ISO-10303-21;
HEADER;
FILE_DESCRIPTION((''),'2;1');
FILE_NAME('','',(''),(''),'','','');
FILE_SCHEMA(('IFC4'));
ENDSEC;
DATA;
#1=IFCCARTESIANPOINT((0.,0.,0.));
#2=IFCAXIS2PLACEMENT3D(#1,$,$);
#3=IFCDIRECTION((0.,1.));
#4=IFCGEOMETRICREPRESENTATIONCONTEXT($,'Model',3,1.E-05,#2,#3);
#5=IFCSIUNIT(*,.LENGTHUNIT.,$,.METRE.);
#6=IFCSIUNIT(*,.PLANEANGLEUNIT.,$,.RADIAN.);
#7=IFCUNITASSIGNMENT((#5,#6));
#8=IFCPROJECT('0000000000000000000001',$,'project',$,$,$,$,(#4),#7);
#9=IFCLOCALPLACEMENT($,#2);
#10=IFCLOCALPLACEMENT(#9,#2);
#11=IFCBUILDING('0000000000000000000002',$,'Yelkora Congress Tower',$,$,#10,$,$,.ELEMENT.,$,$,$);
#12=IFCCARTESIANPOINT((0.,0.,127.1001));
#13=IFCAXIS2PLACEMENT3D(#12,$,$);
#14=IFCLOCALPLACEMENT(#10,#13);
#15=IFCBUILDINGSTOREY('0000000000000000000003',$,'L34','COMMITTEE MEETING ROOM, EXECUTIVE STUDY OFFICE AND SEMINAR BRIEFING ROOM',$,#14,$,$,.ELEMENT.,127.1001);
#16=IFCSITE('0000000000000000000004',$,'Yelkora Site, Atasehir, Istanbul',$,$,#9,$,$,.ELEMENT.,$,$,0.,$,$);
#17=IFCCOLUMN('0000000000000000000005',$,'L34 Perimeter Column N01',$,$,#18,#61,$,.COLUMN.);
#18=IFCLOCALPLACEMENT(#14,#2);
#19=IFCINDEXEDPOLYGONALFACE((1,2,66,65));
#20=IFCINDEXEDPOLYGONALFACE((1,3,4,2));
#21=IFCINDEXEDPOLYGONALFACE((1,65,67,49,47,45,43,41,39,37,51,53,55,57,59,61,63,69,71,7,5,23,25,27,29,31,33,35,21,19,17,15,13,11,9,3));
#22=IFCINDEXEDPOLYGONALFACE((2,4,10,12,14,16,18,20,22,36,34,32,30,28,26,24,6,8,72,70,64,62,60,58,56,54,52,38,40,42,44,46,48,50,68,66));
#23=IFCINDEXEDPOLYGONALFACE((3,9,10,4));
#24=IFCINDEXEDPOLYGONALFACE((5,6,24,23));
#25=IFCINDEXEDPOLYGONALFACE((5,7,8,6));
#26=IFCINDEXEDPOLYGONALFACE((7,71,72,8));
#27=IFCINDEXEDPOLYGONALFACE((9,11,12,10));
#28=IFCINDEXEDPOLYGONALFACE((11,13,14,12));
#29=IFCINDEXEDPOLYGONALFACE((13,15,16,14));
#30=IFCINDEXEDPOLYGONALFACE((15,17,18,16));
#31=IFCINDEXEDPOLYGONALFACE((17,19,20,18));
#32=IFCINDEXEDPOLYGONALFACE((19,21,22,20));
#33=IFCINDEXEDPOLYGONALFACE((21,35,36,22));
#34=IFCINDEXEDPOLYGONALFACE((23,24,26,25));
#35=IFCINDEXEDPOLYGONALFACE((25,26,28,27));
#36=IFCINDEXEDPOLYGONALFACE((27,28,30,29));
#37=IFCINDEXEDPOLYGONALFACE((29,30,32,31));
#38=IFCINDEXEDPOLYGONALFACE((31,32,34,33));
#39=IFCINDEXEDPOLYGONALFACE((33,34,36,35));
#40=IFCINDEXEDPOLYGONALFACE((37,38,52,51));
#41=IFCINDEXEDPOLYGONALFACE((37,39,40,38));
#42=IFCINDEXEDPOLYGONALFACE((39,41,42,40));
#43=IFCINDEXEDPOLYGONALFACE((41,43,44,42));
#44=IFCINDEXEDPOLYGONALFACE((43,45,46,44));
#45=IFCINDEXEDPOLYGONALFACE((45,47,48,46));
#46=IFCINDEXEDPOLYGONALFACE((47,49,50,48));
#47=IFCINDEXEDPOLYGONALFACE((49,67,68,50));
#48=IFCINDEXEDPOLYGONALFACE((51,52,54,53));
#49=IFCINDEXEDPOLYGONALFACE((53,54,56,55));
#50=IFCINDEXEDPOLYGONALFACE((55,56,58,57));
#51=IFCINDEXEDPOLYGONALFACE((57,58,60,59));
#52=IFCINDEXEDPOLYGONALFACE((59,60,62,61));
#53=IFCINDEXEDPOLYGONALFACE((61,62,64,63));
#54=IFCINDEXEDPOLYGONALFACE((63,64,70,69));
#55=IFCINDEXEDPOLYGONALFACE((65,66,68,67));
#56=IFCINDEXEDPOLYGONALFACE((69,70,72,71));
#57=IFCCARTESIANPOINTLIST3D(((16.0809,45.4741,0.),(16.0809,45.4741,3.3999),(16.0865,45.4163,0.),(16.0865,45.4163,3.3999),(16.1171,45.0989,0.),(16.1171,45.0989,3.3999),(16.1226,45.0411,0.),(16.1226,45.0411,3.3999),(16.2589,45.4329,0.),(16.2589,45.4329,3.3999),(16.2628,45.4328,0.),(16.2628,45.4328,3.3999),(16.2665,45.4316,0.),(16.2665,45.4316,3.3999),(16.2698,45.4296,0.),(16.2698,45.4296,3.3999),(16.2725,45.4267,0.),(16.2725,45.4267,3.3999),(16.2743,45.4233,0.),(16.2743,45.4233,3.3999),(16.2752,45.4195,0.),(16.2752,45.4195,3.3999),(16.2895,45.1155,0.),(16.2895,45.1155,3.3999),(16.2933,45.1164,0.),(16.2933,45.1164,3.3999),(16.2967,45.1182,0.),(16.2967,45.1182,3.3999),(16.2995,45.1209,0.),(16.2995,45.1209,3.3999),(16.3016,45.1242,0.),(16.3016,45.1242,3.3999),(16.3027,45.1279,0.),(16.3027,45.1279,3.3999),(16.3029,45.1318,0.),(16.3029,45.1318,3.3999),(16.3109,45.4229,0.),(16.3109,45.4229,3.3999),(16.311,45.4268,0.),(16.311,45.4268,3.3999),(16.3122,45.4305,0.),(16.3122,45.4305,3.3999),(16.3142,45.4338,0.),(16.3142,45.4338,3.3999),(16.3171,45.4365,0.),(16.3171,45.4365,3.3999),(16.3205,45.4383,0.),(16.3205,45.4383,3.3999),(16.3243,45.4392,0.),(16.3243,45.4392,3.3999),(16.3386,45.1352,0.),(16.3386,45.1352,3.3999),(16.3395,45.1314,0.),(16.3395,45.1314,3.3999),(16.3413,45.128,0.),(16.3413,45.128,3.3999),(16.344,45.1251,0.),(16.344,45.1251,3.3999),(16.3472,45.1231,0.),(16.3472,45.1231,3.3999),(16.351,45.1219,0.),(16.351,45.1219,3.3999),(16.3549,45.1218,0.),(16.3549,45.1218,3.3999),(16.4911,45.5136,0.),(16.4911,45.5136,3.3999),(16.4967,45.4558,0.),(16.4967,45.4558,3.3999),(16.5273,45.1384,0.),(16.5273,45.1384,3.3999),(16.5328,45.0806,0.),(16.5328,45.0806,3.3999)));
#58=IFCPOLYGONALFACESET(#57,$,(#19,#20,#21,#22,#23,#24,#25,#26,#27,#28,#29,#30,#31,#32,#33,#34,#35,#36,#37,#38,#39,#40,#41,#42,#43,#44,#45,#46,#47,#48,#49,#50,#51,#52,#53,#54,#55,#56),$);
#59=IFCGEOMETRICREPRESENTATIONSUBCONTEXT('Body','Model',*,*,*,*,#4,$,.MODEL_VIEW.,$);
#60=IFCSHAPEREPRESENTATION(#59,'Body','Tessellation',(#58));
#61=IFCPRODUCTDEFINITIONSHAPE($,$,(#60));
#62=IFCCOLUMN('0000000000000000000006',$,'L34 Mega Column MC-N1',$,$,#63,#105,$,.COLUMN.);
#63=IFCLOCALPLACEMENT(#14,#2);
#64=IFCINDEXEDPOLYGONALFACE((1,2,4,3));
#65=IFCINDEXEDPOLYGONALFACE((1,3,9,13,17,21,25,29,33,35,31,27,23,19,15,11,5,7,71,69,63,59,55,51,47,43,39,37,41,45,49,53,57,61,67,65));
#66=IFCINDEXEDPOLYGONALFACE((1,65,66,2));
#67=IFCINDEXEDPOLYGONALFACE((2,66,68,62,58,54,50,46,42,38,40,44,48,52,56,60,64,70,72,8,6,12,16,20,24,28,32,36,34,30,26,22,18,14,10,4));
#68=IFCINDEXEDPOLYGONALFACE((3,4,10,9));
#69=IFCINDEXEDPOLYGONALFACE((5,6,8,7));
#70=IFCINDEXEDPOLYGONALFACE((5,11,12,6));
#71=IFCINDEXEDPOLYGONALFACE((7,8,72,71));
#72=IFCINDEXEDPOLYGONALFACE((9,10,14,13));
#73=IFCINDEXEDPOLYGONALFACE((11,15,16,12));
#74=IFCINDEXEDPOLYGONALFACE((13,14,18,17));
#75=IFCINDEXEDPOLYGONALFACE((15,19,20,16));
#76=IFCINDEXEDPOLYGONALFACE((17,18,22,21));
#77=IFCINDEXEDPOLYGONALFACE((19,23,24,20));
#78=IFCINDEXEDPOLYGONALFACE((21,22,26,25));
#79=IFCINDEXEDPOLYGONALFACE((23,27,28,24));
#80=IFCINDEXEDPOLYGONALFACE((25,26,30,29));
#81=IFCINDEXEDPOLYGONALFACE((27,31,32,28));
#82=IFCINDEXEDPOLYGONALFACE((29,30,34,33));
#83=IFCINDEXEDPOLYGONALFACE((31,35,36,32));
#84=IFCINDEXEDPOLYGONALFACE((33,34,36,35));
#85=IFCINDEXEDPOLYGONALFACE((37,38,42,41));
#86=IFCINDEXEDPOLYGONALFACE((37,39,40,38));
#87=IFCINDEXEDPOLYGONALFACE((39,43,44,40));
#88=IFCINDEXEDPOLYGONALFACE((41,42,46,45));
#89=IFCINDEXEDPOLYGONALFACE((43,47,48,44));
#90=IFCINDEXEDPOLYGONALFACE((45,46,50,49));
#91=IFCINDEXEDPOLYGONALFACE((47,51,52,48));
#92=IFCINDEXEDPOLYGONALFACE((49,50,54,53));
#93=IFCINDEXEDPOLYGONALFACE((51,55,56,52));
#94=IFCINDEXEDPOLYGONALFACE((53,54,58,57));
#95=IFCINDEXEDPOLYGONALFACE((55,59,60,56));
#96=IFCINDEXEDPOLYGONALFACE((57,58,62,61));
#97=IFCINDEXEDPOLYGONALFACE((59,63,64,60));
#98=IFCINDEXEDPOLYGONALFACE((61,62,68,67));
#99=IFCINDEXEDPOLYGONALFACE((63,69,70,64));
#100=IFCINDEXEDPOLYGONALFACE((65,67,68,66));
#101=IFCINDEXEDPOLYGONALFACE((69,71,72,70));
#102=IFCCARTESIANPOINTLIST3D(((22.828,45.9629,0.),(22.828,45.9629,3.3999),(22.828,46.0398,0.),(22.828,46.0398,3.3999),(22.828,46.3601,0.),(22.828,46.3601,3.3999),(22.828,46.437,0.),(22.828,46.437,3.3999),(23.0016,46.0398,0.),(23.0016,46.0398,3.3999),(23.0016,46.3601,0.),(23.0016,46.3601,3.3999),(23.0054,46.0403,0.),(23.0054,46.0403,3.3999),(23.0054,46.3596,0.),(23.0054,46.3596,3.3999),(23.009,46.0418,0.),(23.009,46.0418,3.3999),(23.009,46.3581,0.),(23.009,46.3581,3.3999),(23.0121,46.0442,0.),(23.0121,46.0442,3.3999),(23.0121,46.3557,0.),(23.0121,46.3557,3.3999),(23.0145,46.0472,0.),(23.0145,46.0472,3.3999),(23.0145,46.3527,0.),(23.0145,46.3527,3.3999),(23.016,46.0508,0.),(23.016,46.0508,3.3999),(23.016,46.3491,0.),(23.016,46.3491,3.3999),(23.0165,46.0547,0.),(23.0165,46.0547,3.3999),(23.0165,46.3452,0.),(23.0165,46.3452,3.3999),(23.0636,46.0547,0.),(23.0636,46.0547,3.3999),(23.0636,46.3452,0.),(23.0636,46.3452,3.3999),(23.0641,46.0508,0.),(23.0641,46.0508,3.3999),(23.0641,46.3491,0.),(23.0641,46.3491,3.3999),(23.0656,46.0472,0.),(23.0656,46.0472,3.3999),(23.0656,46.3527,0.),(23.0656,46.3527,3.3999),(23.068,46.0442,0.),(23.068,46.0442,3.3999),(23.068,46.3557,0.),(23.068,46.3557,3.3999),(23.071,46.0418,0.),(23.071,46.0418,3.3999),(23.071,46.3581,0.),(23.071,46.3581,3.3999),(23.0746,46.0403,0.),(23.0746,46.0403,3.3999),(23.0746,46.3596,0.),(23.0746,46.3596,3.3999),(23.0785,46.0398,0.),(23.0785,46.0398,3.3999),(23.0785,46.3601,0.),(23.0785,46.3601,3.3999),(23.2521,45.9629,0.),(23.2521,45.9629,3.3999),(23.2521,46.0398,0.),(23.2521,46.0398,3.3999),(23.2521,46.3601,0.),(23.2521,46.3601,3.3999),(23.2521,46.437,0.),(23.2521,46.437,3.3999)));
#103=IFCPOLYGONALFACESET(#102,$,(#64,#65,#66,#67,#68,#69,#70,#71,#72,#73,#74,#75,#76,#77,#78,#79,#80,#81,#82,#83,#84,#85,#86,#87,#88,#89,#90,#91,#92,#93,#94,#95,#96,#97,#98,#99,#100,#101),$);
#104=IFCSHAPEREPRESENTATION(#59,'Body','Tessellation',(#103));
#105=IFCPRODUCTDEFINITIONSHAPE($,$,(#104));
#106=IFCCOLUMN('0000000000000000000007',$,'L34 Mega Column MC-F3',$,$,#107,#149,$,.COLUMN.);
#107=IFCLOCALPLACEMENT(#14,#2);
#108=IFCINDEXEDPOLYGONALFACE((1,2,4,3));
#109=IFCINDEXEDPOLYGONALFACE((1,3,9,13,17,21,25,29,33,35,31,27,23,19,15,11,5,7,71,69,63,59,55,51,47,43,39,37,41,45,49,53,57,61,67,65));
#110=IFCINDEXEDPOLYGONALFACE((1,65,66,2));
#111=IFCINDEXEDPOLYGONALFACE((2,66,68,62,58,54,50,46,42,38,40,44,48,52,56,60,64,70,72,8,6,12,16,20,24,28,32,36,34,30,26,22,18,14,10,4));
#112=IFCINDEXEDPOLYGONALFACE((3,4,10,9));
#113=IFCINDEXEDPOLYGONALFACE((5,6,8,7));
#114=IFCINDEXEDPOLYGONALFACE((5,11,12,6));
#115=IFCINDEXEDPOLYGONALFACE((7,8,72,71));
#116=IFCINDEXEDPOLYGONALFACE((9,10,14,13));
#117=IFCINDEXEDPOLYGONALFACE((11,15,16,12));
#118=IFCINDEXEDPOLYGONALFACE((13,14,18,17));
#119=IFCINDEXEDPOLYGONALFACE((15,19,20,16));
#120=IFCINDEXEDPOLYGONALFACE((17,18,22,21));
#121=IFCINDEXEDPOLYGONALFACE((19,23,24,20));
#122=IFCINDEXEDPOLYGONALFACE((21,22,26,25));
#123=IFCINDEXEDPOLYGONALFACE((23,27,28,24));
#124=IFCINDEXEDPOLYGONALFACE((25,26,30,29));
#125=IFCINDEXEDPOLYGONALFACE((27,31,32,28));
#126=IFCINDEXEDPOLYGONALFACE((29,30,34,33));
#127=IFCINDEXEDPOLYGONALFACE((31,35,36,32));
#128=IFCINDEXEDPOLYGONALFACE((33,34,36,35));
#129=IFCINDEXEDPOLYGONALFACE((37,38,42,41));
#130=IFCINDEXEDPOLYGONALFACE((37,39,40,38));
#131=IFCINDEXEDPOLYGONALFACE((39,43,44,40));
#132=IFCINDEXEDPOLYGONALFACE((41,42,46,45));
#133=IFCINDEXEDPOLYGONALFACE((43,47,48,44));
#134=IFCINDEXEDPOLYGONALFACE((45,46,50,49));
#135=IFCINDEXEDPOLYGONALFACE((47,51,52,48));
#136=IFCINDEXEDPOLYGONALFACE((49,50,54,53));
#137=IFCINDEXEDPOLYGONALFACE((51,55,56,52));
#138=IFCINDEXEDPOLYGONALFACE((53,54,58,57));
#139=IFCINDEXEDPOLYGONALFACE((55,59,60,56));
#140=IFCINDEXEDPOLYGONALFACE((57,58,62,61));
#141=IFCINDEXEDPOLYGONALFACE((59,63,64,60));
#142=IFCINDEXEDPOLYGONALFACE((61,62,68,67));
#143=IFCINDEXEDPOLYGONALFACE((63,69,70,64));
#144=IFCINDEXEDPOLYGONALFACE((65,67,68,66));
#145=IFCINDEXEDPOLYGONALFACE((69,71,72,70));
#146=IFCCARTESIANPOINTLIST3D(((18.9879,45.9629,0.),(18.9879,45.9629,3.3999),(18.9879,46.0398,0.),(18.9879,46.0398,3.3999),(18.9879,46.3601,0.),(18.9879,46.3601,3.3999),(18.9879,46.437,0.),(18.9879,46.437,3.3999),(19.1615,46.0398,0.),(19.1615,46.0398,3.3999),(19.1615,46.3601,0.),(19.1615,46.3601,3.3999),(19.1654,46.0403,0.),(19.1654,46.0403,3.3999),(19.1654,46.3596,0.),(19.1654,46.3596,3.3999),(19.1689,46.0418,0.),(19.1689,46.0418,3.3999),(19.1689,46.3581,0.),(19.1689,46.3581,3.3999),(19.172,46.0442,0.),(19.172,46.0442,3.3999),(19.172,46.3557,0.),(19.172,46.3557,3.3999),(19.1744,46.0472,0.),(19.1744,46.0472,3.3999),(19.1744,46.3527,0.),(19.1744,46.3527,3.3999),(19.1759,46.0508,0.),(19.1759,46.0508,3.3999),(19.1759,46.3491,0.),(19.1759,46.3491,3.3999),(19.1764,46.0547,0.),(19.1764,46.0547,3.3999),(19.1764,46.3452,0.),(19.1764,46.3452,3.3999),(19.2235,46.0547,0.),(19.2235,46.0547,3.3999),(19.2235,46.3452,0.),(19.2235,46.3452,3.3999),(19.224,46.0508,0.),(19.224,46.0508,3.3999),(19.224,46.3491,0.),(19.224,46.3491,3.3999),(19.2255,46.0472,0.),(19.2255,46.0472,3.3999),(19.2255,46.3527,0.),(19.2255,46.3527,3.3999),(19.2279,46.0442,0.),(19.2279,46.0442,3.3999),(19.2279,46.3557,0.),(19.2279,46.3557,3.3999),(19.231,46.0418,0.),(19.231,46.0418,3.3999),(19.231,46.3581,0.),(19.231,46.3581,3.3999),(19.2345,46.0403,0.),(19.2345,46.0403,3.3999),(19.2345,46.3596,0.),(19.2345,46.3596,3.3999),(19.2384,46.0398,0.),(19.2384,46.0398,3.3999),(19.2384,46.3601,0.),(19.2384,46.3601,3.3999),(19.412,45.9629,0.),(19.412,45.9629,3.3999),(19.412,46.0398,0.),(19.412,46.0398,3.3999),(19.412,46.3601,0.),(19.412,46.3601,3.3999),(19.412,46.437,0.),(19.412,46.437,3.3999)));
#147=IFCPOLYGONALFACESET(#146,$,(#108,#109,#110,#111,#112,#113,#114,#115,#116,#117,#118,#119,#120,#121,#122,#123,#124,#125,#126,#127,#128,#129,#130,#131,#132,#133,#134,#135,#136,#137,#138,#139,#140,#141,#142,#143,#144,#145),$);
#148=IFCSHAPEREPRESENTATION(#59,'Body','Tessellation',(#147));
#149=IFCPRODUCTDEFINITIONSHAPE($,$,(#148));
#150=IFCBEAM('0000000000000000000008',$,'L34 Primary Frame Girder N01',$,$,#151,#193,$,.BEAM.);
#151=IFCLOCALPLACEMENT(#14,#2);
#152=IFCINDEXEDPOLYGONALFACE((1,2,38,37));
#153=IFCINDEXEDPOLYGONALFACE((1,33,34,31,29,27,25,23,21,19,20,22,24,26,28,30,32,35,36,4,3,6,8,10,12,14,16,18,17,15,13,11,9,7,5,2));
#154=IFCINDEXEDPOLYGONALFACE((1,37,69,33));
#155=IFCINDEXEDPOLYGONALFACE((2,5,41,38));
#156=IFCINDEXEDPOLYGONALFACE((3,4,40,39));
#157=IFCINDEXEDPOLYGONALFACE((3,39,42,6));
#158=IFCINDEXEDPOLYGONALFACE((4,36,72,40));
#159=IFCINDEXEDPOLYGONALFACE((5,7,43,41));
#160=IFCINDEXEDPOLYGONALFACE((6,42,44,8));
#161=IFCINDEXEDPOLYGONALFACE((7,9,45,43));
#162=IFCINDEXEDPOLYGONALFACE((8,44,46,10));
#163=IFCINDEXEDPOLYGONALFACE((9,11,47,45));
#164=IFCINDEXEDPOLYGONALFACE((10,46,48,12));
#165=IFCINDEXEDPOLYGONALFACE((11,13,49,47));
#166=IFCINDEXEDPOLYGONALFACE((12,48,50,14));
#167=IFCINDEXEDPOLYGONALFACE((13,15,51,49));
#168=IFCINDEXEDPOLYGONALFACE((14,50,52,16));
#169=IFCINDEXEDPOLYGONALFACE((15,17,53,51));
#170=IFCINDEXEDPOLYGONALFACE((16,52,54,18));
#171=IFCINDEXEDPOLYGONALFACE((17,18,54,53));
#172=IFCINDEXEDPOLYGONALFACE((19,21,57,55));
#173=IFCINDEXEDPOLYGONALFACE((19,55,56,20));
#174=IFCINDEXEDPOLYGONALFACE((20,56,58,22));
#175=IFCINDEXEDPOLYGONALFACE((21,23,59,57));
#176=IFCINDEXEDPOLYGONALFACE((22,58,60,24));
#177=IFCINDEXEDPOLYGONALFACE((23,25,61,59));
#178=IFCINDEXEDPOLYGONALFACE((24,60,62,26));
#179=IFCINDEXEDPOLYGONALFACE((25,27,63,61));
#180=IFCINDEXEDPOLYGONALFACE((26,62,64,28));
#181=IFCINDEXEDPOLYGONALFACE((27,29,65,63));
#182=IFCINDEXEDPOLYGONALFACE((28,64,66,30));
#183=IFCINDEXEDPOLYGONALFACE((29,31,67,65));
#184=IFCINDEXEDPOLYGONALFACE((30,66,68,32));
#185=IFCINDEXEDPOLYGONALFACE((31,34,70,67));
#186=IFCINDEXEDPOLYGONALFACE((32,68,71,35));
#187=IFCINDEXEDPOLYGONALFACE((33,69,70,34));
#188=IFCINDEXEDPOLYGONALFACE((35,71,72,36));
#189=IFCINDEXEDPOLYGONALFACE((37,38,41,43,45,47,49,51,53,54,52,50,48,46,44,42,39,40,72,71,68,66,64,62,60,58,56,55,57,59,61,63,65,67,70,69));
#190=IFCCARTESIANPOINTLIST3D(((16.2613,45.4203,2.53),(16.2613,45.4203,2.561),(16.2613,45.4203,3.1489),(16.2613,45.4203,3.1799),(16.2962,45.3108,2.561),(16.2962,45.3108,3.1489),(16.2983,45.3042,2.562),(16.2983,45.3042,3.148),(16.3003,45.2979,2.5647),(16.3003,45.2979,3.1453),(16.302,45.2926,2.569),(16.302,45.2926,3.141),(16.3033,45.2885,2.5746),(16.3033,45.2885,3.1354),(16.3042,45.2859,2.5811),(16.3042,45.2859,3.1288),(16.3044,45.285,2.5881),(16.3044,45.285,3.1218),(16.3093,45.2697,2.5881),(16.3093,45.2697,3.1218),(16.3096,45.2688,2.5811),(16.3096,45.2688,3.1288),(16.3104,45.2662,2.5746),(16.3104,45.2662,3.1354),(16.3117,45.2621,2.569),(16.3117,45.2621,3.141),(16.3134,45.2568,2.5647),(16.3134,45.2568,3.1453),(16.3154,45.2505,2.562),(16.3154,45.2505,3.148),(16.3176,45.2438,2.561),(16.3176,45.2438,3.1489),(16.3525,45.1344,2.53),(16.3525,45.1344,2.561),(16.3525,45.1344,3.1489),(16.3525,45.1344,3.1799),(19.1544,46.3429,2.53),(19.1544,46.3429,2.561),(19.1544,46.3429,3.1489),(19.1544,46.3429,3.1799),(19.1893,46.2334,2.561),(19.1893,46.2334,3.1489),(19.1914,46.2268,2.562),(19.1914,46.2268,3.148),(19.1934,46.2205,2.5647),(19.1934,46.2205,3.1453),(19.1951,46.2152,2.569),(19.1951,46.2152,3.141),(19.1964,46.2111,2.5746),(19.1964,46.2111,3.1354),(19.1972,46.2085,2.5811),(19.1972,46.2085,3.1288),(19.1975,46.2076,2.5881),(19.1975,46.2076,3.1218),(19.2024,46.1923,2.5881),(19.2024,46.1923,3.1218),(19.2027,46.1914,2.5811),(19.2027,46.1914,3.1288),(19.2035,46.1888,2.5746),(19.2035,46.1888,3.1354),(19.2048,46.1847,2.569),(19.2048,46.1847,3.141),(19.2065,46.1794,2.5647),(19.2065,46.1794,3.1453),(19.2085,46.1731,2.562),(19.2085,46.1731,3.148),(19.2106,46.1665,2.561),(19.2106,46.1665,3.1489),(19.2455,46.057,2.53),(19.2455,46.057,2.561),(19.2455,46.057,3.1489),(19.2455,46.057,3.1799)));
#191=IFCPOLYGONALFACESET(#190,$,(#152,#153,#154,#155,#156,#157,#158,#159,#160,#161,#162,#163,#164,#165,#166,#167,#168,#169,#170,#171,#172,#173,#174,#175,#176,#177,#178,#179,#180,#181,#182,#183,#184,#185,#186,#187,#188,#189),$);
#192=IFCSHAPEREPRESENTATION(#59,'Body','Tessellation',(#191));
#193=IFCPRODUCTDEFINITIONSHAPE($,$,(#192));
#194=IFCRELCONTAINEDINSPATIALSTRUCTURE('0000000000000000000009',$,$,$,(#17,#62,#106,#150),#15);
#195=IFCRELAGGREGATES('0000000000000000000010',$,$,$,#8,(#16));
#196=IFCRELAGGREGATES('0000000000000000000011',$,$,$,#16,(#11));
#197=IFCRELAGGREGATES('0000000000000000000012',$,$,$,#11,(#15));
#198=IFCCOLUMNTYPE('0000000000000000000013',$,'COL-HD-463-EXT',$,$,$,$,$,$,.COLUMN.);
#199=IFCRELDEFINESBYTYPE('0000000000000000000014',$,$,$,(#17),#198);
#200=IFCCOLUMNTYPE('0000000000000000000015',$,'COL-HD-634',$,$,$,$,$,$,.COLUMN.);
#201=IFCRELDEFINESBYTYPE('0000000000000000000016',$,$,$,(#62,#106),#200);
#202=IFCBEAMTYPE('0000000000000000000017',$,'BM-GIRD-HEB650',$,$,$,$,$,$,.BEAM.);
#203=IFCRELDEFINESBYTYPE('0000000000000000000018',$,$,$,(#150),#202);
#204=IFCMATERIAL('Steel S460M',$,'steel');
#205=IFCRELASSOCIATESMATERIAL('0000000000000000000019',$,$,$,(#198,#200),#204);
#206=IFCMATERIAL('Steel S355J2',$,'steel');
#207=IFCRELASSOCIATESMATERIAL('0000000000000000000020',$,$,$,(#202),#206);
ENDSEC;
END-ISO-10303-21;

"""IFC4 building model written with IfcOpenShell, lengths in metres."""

from ifc_helpers import new_model, si_unit, direction, frame, origin, origin_2d, place, context, subcontext, project, spatial, i_section, extrude, material, material_profile, profile_set, type_object, element, save


model = new_model("IFC4")

# Units and contexts
model_context = context("Model", 3, precision=1e-05, world=origin(), true_north=direction((0.0, 1.0)))
body_context = subcontext(model_context, "Body", "Model", "MODEL_VIEW")
ifc_project = project(units=[si_unit("LENGTHUNIT", "METRE"), si_unit("PLANEANGLEUNIT", "RADIAN")], contexts=[model_context])

# Site, building, storey
site_placement = place(None, origin())
site = spatial("IfcSite", under=ifc_project, at=site_placement, Name="Yelkora Site, Atasehir, Istanbul", CompositionType="ELEMENT", RefElevation=0.0)
building_placement = place(site_placement, origin())
building = spatial("IfcBuilding", under=site, at=building_placement, Name="Yelkora Congress Tower", CompositionType="ELEMENT")
storey_placement = place(building_placement, frame((0.0, 0.0, 127.1001)))
storey = spatial("IfcBuildingStorey", under=building, at=storey_placement, Name="L34", Description="COMMITTEE MEETING ROOM, EXECUTIVE STUDY OFFICE AND SEMINAR BRIEFING ROOM", CompositionType="ELEMENT", Elevation=127.1001)

# Columns
ifc_material_1 = material(Name="Steel S460M", Category="steel")
ifc_material_profile_1 = material_profile(ifc_material_1, i_section(OverallWidth=0.4121, OverallDepth=0.4351, WebThickness=0.0359, FlangeThickness=0.0581, FilletRadius=0.0149, at=origin_2d()), Name="HD 400x463")
ifc_profile_set_1 = profile_set([ifc_material_profile_1], Name="Steel S460M")
column_type_1 = type_object("IfcColumnType", Name="COL-HD-463-EXT", PredefinedType="COLUMN", material=ifc_profile_set_1)
column_placement = place(storey_placement, frame((16.3069, 45.2773, 0.0), z_axis=(0.0, 0.0, 1.0), x_axis=(0.995396, 0.095846, 0.0)))
element("IfcColumn", 1, at=column_placement, inside=storey, type_object=column_type_1, Name="L34 Perimeter Column N01", PredefinedType="COLUMN", context=body_context, shape_type="SweptSolid", body=[
    extrude(i_section(OverallWidth=0.4121, OverallDepth=0.4351, WebThickness=0.0359, FlangeThickness=0.0581, FilletRadius=0.0149, at=origin_2d()), origin(), (0.0, 0.0, 1.0), 3.3999),
])
ifc_material_profile_2 = material_profile(ifc_material_1, i_section(OverallWidth=0.4241, OverallDepth=0.4741, WebThickness=0.0471, FlangeThickness=0.0769, FilletRadius=0.0149, at=origin_2d()), Name="HD 400x634")
ifc_profile_set_2 = profile_set([ifc_material_profile_2], Name="Steel S460M")
column_type_2 = type_object("IfcColumnType", Name="COL-HD-634", PredefinedType="COLUMN", material=ifc_profile_set_2)
for number, where, z_axis, x_axis, name in (
    (2, (23.04, 46.2, 0.0), (0.0, 0.0, 1.0), (1.0, 0.0, 0.0), "L34 Mega Column MC-N1"),
    (3, (19.2, 46.2, 0.0), (0.0, 0.0, 1.0), (1.0, 0.0, 0.0), "L34 Mega Column MC-F3"),
):
    element("IfcColumn", number, at=place(storey_placement, frame(where, z_axis=z_axis, x_axis=x_axis)), inside=storey, type_object=column_type_2, Name=name, PredefinedType="COLUMN", context=body_context, shape_type="SweptSolid", body=[
        extrude(i_section(OverallWidth=0.4241, OverallDepth=0.4741, WebThickness=0.0471, FlangeThickness=0.0769, FilletRadius=0.0149, at=origin_2d()), origin(), (0.0, 0.0, 1.0), 3.3999),
    ])

# Beam
ifc_material_2 = material(Name="Steel S355J2", Category="steel")
ifc_material_profile_3 = material_profile(ifc_material_2, i_section(OverallWidth=0.3, OverallDepth=0.6499, WebThickness=0.0161, FlangeThickness=0.031, FilletRadius=0.0271, at=origin_2d()), Name="HEB 650")
ifc_profile_set_3 = profile_set([ifc_material_profile_3], Name="Steel S355J2")
beam_type_1 = type_object("IfcBeamType", Name="BM-GIRD-HEB650", PredefinedType="BEAM", material=ifc_profile_set_3)
beam_1_placement = place(storey_placement, frame((16.3069, 45.2773, 2.855), z_axis=(0.952727, 0.303827, 0.0), x_axis=(-0.303827, 0.952727, 0.0)))
element("IfcBeam", 4, at=beam_1_placement, inside=storey, type_object=beam_type_1, Name="L34 Primary Frame Girder N01", PredefinedType="BEAM", context=body_context, shape_type="SweptSolid", body=[
    extrude(i_section(OverallWidth=0.3, OverallDepth=0.6499, WebThickness=0.0161, FlangeThickness=0.031, FilletRadius=0.0271, at=origin_2d()), origin(), (0.0, 0.0, 1.0), 3.0366),
])

save(model, "model.ifc")
